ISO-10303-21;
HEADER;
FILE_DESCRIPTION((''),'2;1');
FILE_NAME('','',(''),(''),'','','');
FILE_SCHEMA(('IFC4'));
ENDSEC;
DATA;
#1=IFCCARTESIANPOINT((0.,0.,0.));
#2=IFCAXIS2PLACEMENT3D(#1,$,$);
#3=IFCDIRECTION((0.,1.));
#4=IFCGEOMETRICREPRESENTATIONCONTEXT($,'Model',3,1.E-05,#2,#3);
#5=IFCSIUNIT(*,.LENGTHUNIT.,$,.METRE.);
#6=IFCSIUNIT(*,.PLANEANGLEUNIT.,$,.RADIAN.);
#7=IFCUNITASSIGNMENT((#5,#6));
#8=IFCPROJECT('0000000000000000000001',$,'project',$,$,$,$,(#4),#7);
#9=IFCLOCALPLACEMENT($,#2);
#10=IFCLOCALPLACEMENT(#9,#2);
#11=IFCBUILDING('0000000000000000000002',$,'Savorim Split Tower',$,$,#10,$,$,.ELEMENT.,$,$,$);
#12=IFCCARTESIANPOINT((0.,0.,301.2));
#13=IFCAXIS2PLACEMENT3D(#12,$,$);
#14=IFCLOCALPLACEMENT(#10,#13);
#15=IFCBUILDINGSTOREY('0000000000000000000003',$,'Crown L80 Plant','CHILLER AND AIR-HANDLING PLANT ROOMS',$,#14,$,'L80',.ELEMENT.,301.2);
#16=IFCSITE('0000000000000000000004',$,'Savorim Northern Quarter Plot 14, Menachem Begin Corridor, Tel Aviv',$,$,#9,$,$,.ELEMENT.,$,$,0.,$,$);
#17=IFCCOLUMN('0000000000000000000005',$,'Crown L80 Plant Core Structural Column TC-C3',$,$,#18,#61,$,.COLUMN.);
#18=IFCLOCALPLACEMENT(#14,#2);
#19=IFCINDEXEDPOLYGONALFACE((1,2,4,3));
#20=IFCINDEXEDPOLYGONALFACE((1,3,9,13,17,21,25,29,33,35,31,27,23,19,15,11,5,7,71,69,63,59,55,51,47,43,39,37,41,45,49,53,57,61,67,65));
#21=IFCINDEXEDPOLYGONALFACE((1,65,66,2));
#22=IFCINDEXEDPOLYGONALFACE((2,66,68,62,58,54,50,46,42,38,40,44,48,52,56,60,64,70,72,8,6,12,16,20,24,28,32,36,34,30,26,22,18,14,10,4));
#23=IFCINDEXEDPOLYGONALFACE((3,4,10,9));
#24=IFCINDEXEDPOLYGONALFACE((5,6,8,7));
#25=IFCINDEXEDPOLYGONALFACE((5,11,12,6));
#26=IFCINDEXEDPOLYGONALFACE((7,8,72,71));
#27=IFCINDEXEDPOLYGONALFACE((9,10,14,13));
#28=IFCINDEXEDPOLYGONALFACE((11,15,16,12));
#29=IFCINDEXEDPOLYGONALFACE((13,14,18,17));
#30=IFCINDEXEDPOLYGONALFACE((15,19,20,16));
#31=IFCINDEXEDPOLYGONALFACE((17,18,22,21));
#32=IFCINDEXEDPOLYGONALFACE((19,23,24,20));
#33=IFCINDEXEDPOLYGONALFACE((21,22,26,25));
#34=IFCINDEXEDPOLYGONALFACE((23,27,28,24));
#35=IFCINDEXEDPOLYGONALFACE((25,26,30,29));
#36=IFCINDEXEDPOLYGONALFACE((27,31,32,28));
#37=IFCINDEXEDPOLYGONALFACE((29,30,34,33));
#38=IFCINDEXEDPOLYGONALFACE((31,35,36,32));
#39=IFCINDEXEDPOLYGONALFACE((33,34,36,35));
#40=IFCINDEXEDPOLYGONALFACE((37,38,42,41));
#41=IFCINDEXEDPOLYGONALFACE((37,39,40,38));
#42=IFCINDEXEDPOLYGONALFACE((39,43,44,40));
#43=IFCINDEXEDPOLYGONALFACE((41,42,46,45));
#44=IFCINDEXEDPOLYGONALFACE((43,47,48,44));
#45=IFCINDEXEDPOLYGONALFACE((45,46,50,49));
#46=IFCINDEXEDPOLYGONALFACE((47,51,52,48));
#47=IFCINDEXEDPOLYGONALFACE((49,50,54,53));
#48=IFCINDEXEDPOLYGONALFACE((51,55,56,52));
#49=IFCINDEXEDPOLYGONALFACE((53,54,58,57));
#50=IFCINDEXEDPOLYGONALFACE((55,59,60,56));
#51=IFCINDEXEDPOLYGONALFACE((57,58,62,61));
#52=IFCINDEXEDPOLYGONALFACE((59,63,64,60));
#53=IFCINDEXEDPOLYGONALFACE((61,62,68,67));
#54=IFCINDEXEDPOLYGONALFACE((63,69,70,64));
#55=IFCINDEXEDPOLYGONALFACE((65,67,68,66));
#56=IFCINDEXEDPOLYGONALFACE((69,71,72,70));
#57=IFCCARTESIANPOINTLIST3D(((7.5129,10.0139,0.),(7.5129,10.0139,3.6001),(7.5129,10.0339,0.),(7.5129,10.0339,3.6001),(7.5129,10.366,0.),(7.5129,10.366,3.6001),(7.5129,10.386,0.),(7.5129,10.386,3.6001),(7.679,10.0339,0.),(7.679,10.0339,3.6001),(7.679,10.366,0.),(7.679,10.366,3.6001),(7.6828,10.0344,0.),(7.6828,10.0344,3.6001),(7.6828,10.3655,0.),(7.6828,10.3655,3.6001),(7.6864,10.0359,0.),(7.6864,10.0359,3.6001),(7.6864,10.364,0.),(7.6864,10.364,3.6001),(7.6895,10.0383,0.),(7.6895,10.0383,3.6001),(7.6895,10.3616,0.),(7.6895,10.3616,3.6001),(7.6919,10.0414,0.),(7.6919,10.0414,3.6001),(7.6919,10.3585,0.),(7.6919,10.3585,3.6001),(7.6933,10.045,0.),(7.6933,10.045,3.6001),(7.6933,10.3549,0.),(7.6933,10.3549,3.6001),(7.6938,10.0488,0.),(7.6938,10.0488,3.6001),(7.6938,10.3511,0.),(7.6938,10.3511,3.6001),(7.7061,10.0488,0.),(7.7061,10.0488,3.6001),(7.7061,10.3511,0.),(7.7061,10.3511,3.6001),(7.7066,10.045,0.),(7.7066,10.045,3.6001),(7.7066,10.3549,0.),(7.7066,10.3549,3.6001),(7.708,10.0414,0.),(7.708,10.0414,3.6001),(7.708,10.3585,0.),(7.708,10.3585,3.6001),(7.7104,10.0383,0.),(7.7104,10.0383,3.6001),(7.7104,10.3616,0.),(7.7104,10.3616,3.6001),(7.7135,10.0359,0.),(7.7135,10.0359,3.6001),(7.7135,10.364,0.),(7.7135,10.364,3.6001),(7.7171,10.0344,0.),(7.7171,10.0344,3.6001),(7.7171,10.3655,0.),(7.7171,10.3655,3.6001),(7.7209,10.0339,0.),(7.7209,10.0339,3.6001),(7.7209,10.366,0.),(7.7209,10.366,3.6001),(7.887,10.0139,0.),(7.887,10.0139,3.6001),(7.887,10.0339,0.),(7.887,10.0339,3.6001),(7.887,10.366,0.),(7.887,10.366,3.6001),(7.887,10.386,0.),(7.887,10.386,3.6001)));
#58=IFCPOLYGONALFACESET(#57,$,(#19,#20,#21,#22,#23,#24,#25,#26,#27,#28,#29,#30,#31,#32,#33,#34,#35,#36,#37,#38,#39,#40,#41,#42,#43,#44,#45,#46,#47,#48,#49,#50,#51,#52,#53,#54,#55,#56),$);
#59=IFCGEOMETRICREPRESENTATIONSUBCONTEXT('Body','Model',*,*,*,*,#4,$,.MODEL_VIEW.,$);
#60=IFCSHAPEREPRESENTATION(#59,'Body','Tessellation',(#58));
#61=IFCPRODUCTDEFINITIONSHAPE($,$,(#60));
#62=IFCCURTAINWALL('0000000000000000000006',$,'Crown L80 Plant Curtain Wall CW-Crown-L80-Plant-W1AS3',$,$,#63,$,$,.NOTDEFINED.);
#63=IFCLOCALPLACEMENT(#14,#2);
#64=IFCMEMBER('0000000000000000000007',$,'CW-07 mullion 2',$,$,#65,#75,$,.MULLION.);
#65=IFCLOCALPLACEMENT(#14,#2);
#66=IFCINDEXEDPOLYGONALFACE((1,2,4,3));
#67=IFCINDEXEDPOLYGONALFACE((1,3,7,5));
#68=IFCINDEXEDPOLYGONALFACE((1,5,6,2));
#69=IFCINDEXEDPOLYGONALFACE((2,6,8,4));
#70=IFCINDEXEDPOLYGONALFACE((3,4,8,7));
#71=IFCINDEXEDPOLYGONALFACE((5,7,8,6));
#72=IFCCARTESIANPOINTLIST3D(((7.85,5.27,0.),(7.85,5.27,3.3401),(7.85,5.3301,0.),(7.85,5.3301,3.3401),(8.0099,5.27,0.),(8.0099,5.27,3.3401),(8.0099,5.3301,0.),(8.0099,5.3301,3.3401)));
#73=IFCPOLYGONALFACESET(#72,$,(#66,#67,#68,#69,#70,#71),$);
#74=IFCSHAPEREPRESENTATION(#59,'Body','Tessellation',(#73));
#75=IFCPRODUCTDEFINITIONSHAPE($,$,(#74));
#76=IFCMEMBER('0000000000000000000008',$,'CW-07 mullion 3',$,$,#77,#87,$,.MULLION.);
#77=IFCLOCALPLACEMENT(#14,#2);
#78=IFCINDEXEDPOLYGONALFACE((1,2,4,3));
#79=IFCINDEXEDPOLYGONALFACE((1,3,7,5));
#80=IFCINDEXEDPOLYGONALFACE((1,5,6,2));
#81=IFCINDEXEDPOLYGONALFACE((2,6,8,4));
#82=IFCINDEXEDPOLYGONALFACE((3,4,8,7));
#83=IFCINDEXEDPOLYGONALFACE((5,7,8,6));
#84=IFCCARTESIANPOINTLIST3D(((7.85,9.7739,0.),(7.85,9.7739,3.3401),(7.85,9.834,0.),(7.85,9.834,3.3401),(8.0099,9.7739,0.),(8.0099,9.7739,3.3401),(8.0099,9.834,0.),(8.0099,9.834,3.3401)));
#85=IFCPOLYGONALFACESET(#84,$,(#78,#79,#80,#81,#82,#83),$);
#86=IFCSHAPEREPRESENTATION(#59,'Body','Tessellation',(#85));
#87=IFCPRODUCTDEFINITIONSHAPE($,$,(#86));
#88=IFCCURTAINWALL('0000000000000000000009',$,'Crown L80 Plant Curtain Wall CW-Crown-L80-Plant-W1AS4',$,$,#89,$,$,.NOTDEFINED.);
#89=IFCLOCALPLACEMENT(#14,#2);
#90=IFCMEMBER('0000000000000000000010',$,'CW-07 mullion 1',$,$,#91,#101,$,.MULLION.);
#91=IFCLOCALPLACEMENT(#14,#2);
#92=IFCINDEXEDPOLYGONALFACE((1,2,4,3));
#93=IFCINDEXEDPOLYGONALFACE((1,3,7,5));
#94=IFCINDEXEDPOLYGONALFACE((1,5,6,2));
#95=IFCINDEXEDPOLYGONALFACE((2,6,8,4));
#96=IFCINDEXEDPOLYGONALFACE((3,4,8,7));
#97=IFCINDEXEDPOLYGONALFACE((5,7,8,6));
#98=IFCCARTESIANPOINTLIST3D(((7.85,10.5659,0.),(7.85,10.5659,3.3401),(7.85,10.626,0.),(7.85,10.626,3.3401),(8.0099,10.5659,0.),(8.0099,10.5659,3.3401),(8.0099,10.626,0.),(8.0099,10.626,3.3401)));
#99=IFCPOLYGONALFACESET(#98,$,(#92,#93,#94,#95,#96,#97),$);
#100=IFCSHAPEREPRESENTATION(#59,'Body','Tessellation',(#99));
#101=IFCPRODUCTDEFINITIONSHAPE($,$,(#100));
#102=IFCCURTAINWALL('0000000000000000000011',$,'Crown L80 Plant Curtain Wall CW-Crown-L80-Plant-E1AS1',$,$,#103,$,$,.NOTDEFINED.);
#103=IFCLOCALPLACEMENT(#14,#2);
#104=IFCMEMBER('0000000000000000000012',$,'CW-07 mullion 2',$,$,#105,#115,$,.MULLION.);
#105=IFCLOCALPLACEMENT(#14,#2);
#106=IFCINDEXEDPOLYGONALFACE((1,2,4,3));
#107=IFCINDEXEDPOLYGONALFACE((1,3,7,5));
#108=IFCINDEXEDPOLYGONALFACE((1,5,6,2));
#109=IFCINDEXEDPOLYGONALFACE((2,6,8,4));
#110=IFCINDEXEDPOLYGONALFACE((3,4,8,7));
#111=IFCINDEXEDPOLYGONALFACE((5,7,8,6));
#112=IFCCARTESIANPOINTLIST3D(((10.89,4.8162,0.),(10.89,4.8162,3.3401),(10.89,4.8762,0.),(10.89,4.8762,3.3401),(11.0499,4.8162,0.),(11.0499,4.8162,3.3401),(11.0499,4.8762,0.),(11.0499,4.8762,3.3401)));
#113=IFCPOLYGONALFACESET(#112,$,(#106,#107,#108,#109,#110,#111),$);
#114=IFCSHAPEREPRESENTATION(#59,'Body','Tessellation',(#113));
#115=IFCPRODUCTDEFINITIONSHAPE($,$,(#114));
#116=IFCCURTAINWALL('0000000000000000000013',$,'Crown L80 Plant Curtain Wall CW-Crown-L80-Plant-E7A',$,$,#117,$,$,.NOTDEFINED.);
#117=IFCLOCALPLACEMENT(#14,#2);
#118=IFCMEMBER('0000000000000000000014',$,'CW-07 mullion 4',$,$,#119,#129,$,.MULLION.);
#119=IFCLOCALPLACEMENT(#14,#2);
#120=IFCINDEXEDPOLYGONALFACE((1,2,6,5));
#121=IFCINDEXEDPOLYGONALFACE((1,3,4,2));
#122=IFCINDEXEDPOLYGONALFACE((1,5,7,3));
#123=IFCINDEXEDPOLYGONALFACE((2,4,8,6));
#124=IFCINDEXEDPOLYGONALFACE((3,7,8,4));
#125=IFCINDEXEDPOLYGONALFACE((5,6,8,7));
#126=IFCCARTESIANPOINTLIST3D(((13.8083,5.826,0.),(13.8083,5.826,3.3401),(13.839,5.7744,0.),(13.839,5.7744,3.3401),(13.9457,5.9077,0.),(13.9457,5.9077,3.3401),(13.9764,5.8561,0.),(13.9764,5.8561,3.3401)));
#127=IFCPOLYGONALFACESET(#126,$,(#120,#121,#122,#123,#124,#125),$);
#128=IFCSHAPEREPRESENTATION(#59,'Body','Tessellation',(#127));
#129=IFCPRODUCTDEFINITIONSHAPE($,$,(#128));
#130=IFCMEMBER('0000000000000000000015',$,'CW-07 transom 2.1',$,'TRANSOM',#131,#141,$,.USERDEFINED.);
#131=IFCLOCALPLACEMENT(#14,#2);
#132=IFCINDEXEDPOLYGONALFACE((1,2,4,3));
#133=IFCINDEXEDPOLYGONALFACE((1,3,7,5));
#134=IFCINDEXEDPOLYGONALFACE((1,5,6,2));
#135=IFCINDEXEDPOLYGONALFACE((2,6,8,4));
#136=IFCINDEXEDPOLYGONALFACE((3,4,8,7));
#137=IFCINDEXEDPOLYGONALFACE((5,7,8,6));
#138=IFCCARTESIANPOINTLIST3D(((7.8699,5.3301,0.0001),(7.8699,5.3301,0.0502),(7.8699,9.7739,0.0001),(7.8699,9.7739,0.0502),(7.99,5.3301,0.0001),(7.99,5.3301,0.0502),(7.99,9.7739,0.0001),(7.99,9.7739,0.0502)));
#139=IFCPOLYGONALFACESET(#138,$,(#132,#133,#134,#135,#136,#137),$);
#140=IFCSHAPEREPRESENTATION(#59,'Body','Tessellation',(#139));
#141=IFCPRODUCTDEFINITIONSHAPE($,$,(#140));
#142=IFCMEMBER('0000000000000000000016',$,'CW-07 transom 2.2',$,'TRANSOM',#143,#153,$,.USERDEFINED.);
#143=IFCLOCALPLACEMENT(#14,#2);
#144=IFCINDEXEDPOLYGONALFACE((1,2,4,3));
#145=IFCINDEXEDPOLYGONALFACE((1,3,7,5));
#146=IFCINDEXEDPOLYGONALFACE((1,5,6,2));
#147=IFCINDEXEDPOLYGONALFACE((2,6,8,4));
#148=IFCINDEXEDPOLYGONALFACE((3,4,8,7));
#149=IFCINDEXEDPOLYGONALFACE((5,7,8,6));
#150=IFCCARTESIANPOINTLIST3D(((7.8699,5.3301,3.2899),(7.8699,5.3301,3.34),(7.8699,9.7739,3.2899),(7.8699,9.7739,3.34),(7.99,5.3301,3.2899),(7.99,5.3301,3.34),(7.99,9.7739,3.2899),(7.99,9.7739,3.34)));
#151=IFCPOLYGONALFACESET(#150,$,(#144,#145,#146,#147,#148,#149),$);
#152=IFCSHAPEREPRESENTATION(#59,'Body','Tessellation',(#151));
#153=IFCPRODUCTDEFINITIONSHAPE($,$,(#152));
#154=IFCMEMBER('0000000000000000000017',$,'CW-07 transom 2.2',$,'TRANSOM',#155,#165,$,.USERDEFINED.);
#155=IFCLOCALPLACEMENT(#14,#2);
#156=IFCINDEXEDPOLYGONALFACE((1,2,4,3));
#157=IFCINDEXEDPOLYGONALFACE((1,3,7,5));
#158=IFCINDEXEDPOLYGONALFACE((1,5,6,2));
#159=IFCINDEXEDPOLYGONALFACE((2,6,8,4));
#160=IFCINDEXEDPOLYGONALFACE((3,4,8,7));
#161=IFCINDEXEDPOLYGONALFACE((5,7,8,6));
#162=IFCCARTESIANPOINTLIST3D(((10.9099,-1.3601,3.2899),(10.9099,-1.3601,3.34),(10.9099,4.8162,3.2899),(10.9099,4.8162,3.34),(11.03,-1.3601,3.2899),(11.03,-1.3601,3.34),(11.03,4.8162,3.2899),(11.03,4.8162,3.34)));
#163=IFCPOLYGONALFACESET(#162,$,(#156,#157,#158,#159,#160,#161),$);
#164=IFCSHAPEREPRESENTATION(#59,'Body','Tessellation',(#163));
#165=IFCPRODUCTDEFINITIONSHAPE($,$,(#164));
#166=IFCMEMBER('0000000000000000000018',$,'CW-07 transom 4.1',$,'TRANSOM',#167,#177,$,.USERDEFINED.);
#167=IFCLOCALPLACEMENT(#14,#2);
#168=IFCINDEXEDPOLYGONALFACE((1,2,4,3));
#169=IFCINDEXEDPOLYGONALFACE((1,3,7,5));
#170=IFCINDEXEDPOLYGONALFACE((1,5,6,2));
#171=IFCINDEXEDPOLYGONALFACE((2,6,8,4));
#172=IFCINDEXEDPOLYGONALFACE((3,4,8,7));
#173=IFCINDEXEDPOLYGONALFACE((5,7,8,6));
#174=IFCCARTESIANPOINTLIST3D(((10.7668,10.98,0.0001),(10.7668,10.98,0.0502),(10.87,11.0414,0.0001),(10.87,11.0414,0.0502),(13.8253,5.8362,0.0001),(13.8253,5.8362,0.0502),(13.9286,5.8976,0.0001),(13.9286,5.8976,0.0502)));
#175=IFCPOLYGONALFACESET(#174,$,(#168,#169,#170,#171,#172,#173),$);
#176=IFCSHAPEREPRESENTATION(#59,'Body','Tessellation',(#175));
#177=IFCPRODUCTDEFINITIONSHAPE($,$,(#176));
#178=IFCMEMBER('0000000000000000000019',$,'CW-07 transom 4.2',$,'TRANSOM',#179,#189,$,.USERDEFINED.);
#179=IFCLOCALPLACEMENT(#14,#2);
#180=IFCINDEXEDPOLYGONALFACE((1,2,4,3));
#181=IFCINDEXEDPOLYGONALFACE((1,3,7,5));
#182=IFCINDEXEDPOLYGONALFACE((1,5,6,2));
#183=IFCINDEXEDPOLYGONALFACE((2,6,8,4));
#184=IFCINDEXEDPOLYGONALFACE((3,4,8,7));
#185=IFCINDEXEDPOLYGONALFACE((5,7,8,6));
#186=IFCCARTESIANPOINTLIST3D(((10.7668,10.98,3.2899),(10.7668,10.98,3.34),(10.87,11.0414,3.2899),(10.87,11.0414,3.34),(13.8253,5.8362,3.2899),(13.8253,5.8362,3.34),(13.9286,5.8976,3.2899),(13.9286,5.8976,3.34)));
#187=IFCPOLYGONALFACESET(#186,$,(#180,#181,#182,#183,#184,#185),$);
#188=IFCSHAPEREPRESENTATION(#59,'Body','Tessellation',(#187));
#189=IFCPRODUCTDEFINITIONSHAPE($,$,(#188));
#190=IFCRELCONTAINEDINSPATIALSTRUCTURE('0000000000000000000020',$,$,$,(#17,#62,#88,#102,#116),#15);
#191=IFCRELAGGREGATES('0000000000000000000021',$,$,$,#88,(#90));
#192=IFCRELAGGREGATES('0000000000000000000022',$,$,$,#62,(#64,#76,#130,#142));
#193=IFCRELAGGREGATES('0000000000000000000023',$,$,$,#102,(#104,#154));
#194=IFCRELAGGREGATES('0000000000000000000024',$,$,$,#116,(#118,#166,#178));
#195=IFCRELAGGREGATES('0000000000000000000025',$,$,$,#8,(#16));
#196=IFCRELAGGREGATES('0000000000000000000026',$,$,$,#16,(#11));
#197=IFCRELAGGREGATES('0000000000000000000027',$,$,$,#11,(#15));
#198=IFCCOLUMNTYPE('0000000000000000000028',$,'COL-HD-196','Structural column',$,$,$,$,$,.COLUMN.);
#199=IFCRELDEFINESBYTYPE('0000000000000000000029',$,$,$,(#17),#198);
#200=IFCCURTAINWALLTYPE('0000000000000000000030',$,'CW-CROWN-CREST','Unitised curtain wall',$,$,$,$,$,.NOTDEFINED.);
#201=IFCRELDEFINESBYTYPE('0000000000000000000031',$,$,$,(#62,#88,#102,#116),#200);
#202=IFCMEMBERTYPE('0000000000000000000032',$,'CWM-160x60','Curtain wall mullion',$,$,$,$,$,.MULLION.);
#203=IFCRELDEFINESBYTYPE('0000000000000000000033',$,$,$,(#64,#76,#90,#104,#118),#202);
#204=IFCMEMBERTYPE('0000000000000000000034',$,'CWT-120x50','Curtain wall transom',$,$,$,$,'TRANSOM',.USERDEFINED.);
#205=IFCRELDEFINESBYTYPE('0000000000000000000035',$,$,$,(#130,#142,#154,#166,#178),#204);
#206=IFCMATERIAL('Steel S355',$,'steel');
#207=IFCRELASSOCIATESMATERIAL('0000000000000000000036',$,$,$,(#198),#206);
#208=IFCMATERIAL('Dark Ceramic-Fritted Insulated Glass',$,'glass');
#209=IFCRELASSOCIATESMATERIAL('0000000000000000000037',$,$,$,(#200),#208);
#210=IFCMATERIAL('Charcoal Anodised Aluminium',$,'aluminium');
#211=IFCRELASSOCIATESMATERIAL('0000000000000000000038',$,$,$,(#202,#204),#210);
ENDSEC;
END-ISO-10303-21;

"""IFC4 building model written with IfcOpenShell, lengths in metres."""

from ifc_helpers import new_model, si_unit, direction, frame, origin, origin_2d, place, context, subcontext, project, spatial, rectangle, i_section, extrude, material, material_profile, profile_set, type_object, element, aggregate, save


model = new_model("IFC4")

# Units and contexts
model_context = context("Model", 3, precision=1e-05, world=origin(), true_north=direction((0.0, 1.0)))
body_context = subcontext(model_context, "Body", "Model", "MODEL_VIEW")
ifc_project = project(units=[si_unit("LENGTHUNIT", "METRE"), si_unit("PLANEANGLEUNIT", "RADIAN")], contexts=[model_context])

# Site, building, storey
site_placement = place(None, origin())
site = spatial("IfcSite", under=ifc_project, at=site_placement, Name="Savorim Northern Quarter Plot 14, Menachem Begin Corridor, Tel Aviv", CompositionType="ELEMENT", RefElevation=0.0)
building_placement = place(site_placement, origin())
building = spatial("IfcBuilding", under=site, at=building_placement, Name="Savorim Split Tower", CompositionType="ELEMENT")
storey_placement = place(building_placement, frame((0.0, 0.0, 301.2)))
storey = spatial("IfcBuildingStorey", under=building, at=storey_placement, Name="Crown L80 Plant", Description="CHILLER AND AIR-HANDLING PLANT ROOMS", LongName="L80", CompositionType="ELEMENT", Elevation=301.2)

# Column
ifc_material_1 = material(Name="Steel S355", Category="steel")
ifc_material_profile_1 = material_profile(ifc_material_1, i_section(OverallWidth=0.374, OverallDepth=0.3721, WebThickness=0.0122, FlangeThickness=0.02, FilletRadius=0.0149, at=origin_2d()), Name="HD 360x196")
ifc_profile_set_1 = profile_set([ifc_material_profile_1], Name="Steel S355")
column_type = type_object("IfcColumnType", Name="COL-HD-196", Description="Structural column", PredefinedType="COLUMN", material=ifc_profile_set_1)
column_placement = place(storey_placement, frame((7.7, 10.2, 0.0), z_axis=(0.0, 0.0, 1.0), x_axis=(1.0, 0.0, 0.0)))
element("IfcColumn", 1, at=column_placement, inside=storey, type_object=column_type, Name="Crown L80 Plant Core Structural Column TC-C3", PredefinedType="COLUMN", context=body_context, shape_type="SweptSolid", body=[
    extrude(i_section(OverallWidth=0.374, OverallDepth=0.3721, WebThickness=0.0122, FlangeThickness=0.02, FilletRadius=0.0149, at=origin_2d()), origin(), (0.0, 0.0, 1.0), 3.6001),
])

# Curtain wall, members
ifc_material_2 = material(Name="Dark Ceramic-Fritted Insulated Glass", Category="glass")
curtain_wall_type = type_object("IfcCurtainWallType", Name="CW-CROWN-CREST", Description="Unitised curtain wall", PredefinedType="NOTDEFINED", material=ifc_material_2)
curtain_wall_1_placement = place(storey_placement, origin())
curtain_wall_1 = element("IfcCurtainWall", 2, at=curtain_wall_1_placement, inside=storey, type_object=curtain_wall_type, Name="Crown L80 Plant Curtain Wall CW-Crown-L80-Plant-W1AS3", PredefinedType="NOTDEFINED")
ifc_material_3 = material(Name="Charcoal Anodised Aluminium", Category="aluminium")
ifc_material_profile_2 = material_profile(ifc_material_3, rectangle(XDim=0.1599, YDim=0.0601, at=origin_2d()), Name="ALU-M 160x60")
ifc_profile_set_2 = profile_set([ifc_material_profile_2], Name="Charcoal Anodised Aluminium")
member_type_1 = type_object("IfcMemberType", Name="CWM-160x60", Description="Curtain wall mullion", PredefinedType="MULLION", material=ifc_profile_set_2)
member_1_placement = place(storey_placement, frame((7.9299, 5.3, 0.0), z_axis=(0.0, 0.0, 1.0), x_axis=(-1.0, 0.0, 0.0)))
member_1 = element("IfcMember", 3, at=member_1_placement, type_object=member_type_1, Name="CW-07 mullion 2", PredefinedType="MULLION", context=body_context, shape_type="SweptSolid", body=[
    extrude(rectangle(XDim=0.1599, YDim=0.0601, at=origin_2d()), origin(), (0.0, 0.0, 1.0), 3.3401),
])
member_2_placement = place(storey_placement, frame((7.9299, 9.804, 0.0), z_axis=(0.0, 0.0, 1.0), x_axis=(-1.0, 0.0, 0.0)))
member_2 = element("IfcMember", 4, at=member_2_placement, type_object=member_type_1, Name="CW-07 mullion 3", PredefinedType="MULLION", context=body_context, shape_type="SweptSolid", body=[
    extrude(rectangle(XDim=0.1599, YDim=0.0601, at=origin_2d()), origin(), (0.0, 0.0, 1.0), 3.3401),
])

# Curtain walls, members
curtain_wall_2_placement = place(storey_placement, origin())
curtain_wall_2 = element("IfcCurtainWall", 5, at=curtain_wall_2_placement, inside=storey, type_object=curtain_wall_type, Name="Crown L80 Plant Curtain Wall CW-Crown-L80-Plant-W1AS4", PredefinedType="NOTDEFINED")
member_3_placement = place(storey_placement, frame((7.9299, 10.5959, 0.0), z_axis=(0.0, 0.0, 1.0), x_axis=(-1.0, 0.0, 0.0)))
member_3 = element("IfcMember", 6, at=member_3_placement, type_object=member_type_1, Name="CW-07 mullion 1", PredefinedType="MULLION", context=body_context, shape_type="SweptSolid", body=[
    extrude(rectangle(XDim=0.1599, YDim=0.0601, at=origin_2d()), origin(), (0.0, 0.0, 1.0), 3.3401),
])
aggregate(curtain_wall_2, [member_3])
curtain_wall_3_placement = place(storey_placement, origin())
curtain_wall_3 = element("IfcCurtainWall", 7, at=curtain_wall_3_placement, inside=storey, type_object=curtain_wall_type, Name="Crown L80 Plant Curtain Wall CW-Crown-L80-Plant-E1AS1", PredefinedType="NOTDEFINED")
member_4_placement = place(storey_placement, frame((10.97, 4.8462, 0.0), z_axis=(0.0, 0.0, 1.0), x_axis=(1.0, 0.0, 0.0)))
member_4 = element("IfcMember", 8, at=member_4_placement, type_object=member_type_1, Name="CW-07 mullion 2", PredefinedType="MULLION", context=body_context, shape_type="SweptSolid", body=[
    extrude(rectangle(XDim=0.1599, YDim=0.0601, at=origin_2d()), origin(), (0.0, 0.0, 1.0), 3.3401),
])
curtain_wall_4_placement = place(storey_placement, origin())
curtain_wall_4 = element("IfcCurtainWall", 9, at=curtain_wall_4_placement, inside=storey, type_object=curtain_wall_type, Name="Crown L80 Plant Curtain Wall CW-Crown-L80-Plant-E7A", PredefinedType="NOTDEFINED")
member_5_placement = place(storey_placement, frame((13.8923, 5.8411, 0.0), z_axis=(0.0, 0.0, 1.0), x_axis=(-0.859524, -0.511095, 0.0)))
member_5 = element("IfcMember", 10, at=member_5_placement, type_object=member_type_1, Name="CW-07 mullion 4", PredefinedType="MULLION", context=body_context, shape_type="SweptSolid", body=[
    extrude(rectangle(XDim=0.1599, YDim=0.0601, at=origin_2d()), origin(), (0.0, 0.0, 1.0), 3.3401),
])

# Members
ifc_material_profile_3 = material_profile(ifc_material_3, rectangle(XDim=0.1201, YDim=0.05, at=origin_2d()), Name="ALU-T 120x50")
ifc_profile_set_3 = profile_set([ifc_material_profile_3], Name="Charcoal Anodised Aluminium")
member_type_2 = type_object("IfcMemberType", Name="CWT-120x50", Description="Curtain wall transom", ElementType="TRANSOM", PredefinedType="USERDEFINED", material=ifc_profile_set_3)
member_6_placement = place(storey_placement, frame((7.9299, 5.3301, 0.0251), z_axis=(0.0, 1.0, 0.0), x_axis=(-1.0, 0.0, 0.0)))
member_6 = element("IfcMember", 11, at=member_6_placement, type_object=member_type_2, Name="CW-07 transom 2.1", ObjectType="TRANSOM", PredefinedType="USERDEFINED", context=body_context, shape_type="SweptSolid", body=[
    extrude(rectangle(XDim=0.1201, YDim=0.05, at=origin_2d()), origin(), (0.0, 0.0, 1.0), 4.4438),
])
member_7_placement = place(storey_placement, frame((7.9299, 5.3301, 3.3149), z_axis=(0.0, 1.0, 0.0), x_axis=(-1.0, 0.0, 0.0)))
member_7 = element("IfcMember", 12, at=member_7_placement, type_object=member_type_2, Name="CW-07 transom 2.2", ObjectType="TRANSOM", PredefinedType="USERDEFINED", context=body_context, shape_type="SweptSolid", body=[
    extrude(rectangle(XDim=0.1201, YDim=0.05, at=origin_2d()), origin(), (0.0, 0.0, 1.0), 4.4438),
])
member_8_placement = place(storey_placement, frame((10.97, 4.8162, 3.3149), z_axis=(0.0, -1.0, 0.0), x_axis=(1.0, 0.0, 0.0)))
member_8 = element("IfcMember", 13, at=member_8_placement, type_object=member_type_2, Name="CW-07 transom 2.2", ObjectType="TRANSOM", PredefinedType="USERDEFINED", context=body_context, shape_type="SweptSolid", body=[
    extrude(rectangle(XDim=0.1201, YDim=0.05, at=origin_2d()), origin(), (0.0, 0.0, 1.0), 6.1763),
])
member_9_placement = place(storey_placement, frame((13.877, 5.8669, 0.0251), z_axis=(-0.51109, 0.859527, 0.0), x_axis=(-0.859527, -0.51109, 0.0)))
member_9 = element("IfcMember", 14, at=member_9_placement, type_object=member_type_2, Name="CW-07 transom 4.1", ObjectType="TRANSOM", PredefinedType="USERDEFINED", context=body_context, shape_type="SweptSolid", body=[
    extrude(rectangle(XDim=0.1201, YDim=0.05, at=origin_2d()), origin(), (0.0, 0.0, 1.0), 5.9844),
])
member_10_placement = place(storey_placement, frame((13.877, 5.8669, 3.3149), z_axis=(-0.51109, 0.859527, 0.0), x_axis=(-0.859527, -0.51109, 0.0)))
member_10 = element("IfcMember", 15, at=member_10_placement, type_object=member_type_2, Name="CW-07 transom 4.2", ObjectType="TRANSOM", PredefinedType="USERDEFINED", context=body_context, shape_type="SweptSolid", body=[
    extrude(rectangle(XDim=0.1201, YDim=0.05, at=origin_2d()), origin(), (0.0, 0.0, 1.0), 5.9844),
])

aggregate(curtain_wall_1, [member_1, member_2, member_6, member_7])
aggregate(curtain_wall_3, [member_4, member_8])
aggregate(curtain_wall_4, [member_5, member_9, member_10])

save(model, "model.ifc")
